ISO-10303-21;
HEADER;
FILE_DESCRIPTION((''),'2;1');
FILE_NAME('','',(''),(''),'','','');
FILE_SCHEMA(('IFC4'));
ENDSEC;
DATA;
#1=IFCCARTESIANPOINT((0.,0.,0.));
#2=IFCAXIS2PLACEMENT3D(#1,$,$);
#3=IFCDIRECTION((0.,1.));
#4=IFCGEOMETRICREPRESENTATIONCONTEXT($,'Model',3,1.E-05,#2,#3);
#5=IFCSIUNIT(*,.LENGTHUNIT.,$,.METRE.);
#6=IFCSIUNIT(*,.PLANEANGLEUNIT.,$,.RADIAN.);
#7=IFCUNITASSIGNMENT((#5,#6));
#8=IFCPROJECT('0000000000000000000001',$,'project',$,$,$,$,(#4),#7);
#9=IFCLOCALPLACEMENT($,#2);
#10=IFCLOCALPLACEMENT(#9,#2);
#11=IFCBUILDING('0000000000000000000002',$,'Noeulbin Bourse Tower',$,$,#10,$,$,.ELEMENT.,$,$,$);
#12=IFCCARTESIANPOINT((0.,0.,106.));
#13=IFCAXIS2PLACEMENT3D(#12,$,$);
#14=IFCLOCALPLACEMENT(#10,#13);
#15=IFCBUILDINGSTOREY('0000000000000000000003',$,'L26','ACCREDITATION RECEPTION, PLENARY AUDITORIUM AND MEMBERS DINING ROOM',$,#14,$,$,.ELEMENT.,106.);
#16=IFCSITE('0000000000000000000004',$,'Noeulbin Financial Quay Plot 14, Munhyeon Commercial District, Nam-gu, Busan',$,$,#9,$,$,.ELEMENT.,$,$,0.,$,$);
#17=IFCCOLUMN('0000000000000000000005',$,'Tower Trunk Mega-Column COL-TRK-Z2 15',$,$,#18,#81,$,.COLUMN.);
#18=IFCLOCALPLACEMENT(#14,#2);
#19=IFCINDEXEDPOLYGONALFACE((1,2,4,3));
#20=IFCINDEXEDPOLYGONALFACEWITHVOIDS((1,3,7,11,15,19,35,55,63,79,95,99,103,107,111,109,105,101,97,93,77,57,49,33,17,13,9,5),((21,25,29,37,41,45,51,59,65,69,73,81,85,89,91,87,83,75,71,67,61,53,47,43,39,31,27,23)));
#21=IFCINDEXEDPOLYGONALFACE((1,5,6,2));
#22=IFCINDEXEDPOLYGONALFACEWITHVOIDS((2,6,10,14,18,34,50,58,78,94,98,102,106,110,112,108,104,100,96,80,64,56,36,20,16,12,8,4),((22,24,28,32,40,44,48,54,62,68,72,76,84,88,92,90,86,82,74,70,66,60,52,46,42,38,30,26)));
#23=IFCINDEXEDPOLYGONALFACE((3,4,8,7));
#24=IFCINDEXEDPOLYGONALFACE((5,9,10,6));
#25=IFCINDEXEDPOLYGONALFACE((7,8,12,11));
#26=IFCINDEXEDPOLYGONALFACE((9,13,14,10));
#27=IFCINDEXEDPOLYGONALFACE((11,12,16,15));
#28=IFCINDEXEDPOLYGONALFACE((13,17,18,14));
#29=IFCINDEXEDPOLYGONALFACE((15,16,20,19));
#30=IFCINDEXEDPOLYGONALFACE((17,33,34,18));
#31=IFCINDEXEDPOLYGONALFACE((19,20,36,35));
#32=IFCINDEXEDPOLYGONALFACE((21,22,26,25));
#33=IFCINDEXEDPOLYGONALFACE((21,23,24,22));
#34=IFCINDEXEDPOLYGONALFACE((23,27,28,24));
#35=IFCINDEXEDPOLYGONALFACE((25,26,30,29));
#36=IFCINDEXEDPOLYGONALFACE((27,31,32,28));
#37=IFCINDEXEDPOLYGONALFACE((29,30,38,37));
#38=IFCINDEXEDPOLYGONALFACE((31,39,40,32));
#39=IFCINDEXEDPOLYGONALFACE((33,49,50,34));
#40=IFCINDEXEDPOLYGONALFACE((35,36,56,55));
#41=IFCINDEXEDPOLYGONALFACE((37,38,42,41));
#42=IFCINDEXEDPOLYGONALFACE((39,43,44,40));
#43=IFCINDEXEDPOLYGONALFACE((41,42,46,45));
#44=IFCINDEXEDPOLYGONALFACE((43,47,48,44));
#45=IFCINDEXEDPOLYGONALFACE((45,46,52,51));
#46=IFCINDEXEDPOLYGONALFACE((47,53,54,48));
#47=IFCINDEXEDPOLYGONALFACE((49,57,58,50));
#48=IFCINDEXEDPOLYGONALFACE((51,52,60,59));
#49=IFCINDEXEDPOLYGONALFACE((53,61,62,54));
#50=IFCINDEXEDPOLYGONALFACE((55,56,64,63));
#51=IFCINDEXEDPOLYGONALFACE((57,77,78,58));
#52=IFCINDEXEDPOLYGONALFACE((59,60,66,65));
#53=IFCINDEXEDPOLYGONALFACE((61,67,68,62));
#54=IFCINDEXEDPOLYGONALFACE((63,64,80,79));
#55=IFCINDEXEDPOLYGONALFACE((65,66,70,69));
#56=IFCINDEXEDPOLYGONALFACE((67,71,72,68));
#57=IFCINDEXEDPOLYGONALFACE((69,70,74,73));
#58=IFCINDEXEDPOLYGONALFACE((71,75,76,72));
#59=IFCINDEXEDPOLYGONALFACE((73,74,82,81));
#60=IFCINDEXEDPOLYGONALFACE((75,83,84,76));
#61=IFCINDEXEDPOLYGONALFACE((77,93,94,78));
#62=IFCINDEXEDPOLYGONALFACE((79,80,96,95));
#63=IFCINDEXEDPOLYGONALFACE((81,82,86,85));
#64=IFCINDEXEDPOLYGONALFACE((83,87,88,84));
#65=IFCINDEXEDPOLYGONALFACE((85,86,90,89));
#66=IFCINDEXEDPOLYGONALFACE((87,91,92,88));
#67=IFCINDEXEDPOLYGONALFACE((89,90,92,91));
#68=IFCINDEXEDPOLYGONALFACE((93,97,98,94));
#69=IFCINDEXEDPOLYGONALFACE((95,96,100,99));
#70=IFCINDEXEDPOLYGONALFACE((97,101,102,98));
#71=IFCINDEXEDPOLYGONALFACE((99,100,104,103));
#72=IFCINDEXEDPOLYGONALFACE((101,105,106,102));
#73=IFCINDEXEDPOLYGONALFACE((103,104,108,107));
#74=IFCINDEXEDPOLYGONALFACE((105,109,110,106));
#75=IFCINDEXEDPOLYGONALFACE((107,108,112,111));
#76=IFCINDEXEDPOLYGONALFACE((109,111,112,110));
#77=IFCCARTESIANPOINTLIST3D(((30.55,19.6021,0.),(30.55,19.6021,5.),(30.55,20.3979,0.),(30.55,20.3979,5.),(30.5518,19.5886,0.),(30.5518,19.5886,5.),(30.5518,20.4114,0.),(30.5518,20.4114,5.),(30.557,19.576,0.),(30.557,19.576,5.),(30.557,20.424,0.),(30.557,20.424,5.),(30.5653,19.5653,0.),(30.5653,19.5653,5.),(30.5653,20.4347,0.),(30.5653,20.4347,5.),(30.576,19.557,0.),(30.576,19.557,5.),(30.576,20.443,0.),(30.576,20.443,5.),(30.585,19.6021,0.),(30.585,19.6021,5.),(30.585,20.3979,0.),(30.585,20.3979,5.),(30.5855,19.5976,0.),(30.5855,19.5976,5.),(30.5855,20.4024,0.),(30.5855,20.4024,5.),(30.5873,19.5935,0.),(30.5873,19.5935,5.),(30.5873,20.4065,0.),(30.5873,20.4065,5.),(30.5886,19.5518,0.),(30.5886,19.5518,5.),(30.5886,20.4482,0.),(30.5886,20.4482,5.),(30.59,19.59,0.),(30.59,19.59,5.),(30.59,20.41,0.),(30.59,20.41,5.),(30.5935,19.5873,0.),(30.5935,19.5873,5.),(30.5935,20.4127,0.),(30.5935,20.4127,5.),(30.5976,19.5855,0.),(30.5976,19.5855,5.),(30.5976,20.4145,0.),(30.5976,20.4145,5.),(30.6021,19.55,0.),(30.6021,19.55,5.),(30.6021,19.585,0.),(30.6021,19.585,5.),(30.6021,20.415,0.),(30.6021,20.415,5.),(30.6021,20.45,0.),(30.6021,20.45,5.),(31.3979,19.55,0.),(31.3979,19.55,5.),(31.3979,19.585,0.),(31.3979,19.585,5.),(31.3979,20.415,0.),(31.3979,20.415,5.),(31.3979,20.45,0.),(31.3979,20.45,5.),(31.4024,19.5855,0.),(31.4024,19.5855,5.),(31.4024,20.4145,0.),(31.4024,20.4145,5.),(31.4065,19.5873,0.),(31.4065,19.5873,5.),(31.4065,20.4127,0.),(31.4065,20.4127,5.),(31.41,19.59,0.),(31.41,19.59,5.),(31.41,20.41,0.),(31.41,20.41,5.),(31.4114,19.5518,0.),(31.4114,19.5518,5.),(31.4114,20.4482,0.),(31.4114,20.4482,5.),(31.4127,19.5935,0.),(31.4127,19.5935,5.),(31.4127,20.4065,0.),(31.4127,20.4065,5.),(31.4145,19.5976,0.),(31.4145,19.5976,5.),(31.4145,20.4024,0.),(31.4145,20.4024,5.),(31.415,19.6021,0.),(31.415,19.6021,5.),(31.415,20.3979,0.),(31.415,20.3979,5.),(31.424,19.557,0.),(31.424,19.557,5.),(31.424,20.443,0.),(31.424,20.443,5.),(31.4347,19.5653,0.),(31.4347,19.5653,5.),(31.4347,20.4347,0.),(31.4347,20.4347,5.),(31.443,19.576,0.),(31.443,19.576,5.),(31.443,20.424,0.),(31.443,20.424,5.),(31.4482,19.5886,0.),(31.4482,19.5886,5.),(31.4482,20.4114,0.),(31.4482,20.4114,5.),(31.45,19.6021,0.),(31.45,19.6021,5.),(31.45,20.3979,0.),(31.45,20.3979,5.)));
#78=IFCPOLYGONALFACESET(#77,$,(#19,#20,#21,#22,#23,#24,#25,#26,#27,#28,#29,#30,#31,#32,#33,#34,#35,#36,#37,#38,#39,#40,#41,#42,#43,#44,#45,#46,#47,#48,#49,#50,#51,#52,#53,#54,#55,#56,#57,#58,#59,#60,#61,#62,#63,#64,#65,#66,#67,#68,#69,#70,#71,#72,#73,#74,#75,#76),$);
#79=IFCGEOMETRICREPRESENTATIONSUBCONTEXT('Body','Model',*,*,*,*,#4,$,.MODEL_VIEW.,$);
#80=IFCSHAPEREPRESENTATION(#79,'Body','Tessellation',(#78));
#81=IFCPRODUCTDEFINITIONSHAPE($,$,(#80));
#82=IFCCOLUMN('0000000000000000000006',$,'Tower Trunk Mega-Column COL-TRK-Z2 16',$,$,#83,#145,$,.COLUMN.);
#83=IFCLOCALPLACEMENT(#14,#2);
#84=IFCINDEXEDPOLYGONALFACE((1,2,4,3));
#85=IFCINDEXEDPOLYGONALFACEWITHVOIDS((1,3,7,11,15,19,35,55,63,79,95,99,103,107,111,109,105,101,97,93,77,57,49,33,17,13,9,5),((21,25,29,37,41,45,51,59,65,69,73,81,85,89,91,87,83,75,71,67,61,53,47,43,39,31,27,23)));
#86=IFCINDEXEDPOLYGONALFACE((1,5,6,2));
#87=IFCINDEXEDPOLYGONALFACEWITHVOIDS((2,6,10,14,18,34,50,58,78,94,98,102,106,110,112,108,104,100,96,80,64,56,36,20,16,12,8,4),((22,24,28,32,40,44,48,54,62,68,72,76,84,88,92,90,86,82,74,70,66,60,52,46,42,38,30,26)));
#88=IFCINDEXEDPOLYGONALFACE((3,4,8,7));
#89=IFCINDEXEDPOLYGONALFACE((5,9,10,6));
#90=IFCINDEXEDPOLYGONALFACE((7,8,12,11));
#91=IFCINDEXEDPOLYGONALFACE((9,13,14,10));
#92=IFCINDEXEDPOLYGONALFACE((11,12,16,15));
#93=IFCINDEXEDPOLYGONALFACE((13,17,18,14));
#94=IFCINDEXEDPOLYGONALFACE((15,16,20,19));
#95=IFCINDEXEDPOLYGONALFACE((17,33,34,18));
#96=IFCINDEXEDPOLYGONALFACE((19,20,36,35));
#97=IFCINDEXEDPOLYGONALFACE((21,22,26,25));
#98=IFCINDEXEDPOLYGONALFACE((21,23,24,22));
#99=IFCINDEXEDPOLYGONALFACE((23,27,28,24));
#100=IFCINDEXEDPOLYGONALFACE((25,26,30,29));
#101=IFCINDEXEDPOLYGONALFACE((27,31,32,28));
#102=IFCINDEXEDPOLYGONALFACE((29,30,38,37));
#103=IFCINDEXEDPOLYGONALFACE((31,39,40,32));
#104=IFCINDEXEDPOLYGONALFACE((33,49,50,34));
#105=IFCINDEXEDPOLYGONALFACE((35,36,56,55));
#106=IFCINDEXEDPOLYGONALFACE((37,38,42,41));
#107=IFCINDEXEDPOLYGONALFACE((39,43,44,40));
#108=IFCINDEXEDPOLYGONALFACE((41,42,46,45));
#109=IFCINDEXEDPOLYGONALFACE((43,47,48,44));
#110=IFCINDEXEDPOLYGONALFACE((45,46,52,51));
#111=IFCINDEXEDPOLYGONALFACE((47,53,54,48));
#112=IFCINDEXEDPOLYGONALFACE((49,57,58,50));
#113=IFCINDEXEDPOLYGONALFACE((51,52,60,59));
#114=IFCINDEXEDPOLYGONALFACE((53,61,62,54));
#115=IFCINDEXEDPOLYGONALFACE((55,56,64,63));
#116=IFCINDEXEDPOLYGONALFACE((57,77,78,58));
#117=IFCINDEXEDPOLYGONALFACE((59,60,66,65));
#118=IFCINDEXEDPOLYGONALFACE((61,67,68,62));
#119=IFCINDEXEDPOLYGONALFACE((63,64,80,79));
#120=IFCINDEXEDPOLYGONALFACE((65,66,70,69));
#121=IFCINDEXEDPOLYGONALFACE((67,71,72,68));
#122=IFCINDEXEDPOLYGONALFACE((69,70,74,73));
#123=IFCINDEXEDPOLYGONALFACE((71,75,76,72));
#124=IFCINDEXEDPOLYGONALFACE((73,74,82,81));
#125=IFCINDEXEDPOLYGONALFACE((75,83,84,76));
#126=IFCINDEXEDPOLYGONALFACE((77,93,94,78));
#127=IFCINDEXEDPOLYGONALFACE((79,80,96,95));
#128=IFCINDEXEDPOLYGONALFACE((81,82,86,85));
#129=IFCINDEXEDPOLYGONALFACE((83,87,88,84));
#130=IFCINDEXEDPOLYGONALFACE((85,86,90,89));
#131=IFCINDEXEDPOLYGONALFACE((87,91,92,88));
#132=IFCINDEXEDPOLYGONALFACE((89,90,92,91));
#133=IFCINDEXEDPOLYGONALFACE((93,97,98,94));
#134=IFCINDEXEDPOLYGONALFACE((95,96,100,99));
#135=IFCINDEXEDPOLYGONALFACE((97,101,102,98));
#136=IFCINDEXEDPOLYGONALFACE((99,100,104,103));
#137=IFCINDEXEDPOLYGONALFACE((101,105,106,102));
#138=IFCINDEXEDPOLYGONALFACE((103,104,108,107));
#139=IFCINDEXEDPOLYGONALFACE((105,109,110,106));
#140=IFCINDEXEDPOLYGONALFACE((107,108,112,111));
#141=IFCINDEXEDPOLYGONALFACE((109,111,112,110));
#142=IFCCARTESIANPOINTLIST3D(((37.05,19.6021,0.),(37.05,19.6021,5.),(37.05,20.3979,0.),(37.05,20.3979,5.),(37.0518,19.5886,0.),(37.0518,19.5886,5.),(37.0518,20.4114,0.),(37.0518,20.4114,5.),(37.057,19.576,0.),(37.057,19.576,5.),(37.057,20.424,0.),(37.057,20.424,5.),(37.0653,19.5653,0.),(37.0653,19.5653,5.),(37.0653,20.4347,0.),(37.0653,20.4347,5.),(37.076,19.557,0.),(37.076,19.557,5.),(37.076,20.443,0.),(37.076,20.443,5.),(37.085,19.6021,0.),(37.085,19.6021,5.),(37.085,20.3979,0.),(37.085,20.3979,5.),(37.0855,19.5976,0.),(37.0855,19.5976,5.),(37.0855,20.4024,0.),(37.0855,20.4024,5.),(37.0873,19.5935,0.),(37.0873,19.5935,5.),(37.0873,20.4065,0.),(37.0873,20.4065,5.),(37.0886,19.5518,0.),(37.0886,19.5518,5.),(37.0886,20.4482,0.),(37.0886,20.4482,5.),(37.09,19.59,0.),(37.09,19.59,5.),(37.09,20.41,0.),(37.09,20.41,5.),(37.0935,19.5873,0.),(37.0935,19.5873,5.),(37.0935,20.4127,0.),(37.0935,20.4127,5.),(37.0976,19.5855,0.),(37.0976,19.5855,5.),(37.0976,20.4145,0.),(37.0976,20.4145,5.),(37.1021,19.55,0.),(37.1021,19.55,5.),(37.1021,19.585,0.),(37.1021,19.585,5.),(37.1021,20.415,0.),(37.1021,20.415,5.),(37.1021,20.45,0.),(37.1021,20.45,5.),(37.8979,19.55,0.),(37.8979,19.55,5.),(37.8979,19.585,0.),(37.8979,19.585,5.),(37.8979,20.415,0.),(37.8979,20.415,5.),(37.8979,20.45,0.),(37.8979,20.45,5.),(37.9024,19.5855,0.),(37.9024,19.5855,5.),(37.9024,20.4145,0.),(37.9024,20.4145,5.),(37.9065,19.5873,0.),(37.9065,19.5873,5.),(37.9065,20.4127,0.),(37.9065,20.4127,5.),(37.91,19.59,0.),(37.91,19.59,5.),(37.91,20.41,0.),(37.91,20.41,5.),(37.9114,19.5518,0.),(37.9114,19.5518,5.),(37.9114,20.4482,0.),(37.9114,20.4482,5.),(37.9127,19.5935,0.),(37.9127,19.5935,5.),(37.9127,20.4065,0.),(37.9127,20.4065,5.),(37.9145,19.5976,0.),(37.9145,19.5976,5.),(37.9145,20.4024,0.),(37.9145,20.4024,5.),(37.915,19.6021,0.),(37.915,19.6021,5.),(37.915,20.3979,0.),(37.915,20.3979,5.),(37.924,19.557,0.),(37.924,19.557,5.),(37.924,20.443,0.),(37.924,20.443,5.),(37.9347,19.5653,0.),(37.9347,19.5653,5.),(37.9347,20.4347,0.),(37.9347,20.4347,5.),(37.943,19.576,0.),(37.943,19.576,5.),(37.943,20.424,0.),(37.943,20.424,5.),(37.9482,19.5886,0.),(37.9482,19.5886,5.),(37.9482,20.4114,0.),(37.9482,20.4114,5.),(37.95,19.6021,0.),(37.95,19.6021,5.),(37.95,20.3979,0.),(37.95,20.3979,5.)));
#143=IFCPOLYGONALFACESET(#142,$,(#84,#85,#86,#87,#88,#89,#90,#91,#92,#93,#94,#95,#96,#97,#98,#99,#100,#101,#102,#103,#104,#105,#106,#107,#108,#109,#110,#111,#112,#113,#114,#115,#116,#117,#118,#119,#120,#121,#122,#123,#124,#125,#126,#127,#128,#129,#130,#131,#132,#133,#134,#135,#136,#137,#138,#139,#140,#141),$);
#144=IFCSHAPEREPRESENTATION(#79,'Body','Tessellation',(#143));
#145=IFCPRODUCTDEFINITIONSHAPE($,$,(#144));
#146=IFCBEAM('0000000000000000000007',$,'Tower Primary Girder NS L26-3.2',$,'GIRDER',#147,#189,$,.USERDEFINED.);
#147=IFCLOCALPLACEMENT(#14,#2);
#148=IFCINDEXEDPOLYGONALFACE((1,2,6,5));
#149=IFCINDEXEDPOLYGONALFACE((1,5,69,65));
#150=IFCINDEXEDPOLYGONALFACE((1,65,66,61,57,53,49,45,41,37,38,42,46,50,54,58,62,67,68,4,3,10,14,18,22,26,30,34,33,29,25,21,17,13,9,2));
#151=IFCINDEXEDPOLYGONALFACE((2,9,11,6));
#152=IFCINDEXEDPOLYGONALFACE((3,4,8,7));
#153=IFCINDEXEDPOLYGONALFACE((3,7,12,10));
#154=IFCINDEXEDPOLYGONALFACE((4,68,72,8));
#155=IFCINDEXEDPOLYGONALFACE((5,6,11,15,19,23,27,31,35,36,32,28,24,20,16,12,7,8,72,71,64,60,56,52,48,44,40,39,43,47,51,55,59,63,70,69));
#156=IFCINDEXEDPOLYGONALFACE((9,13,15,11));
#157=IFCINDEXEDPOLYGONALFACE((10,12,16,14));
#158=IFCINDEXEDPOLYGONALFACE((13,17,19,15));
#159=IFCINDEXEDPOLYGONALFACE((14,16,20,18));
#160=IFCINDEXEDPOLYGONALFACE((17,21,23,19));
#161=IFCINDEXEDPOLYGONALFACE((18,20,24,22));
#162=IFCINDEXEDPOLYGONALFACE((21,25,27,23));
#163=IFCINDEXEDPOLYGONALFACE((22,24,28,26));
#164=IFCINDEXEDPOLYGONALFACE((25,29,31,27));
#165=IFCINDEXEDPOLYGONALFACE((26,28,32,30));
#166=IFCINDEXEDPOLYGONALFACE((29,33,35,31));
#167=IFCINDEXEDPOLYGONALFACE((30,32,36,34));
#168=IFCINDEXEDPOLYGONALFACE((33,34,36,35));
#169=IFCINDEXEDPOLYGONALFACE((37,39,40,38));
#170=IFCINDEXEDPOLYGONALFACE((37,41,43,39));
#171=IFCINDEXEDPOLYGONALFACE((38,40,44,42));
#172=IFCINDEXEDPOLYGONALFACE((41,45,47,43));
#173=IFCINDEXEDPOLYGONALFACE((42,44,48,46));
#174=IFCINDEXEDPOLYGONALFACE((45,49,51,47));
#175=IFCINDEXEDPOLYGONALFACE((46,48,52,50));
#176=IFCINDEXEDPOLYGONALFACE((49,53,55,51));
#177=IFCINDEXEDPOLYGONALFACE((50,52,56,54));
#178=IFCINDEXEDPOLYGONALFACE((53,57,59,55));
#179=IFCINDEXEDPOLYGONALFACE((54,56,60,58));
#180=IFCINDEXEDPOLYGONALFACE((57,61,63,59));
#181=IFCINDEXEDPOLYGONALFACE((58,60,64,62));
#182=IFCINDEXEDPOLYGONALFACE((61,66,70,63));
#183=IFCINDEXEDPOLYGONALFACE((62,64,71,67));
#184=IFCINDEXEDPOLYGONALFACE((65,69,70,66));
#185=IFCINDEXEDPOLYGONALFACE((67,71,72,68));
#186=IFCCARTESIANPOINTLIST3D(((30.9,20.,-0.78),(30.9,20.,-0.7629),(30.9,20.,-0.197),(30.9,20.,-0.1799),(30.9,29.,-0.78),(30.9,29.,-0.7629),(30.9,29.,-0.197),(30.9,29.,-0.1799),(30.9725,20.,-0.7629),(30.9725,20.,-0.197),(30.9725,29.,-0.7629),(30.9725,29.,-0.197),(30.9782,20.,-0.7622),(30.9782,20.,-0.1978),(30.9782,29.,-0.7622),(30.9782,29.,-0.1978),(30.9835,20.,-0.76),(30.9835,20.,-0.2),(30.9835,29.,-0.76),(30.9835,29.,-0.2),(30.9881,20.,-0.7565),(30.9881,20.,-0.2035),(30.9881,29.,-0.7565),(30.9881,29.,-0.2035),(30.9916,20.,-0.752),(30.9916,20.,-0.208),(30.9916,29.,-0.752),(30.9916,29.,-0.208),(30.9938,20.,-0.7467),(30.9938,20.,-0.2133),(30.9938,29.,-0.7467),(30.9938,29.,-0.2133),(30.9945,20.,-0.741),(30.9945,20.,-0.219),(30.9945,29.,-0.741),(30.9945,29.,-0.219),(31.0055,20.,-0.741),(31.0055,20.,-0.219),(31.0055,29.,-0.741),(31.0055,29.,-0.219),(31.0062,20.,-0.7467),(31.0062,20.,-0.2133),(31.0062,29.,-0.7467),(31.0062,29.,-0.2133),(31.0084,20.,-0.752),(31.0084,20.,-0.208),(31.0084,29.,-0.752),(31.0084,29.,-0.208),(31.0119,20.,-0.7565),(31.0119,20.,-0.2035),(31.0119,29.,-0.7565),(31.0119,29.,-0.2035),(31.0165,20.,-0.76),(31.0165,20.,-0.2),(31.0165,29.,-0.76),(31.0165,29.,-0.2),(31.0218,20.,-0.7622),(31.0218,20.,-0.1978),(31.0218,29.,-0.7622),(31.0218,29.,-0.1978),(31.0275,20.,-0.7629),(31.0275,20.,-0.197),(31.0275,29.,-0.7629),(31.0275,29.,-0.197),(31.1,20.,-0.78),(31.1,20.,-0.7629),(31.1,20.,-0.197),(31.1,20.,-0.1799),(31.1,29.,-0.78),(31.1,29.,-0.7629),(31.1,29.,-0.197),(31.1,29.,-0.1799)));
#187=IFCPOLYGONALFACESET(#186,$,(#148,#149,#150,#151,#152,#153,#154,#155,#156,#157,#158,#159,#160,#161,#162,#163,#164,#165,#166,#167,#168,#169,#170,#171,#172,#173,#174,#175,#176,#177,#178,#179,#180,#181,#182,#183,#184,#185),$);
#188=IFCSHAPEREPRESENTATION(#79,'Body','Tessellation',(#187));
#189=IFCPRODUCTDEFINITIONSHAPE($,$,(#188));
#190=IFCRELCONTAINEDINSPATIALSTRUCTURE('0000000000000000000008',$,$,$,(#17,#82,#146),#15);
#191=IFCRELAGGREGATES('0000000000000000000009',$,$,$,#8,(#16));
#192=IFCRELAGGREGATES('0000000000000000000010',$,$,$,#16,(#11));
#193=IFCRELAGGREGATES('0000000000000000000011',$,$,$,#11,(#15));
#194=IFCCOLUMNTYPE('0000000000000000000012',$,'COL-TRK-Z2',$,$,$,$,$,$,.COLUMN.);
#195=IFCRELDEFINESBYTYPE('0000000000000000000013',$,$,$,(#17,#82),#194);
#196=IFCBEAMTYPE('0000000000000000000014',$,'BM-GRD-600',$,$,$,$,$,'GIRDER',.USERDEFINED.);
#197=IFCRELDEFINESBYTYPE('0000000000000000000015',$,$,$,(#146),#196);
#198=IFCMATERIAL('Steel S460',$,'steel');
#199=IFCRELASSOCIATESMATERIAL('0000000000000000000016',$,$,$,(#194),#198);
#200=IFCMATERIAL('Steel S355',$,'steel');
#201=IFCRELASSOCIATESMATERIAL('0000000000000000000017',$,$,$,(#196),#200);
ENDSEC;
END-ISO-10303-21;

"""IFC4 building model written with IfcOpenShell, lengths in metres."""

from ifc_helpers import new_model, si_unit, direction, frame, origin, origin_2d, place, context, subcontext, project, spatial, hollow_rectangle, i_section, extrude, material, material_profile, profile_set, type_object, element, save


model = new_model("IFC4")

# Units and contexts
model_context = context("Model", 3, precision=1e-05, world=origin(), true_north=direction((0.0, 1.0)))
body_context = subcontext(model_context, "Body", "Model", "MODEL_VIEW")
ifc_project = project(units=[si_unit("LENGTHUNIT", "METRE"), si_unit("PLANEANGLEUNIT", "RADIAN")], contexts=[model_context])

# Site, building, storey
site_placement = place(None, origin())
site = spatial("IfcSite", under=ifc_project, at=site_placement, Name="Noeulbin Financial Quay Plot 14, Munhyeon Commercial District, Nam-gu, Busan", CompositionType="ELEMENT", RefElevation=0.0)
building_placement = place(site_placement, origin())
building = spatial("IfcBuilding", under=site, at=building_placement, Name="Noeulbin Bourse Tower", CompositionType="ELEMENT")
storey_placement = place(building_placement, frame((0.0, 0.0, 106.0)))
storey = spatial("IfcBuildingStorey", under=building, at=storey_placement, Name="L26", Description="ACCREDITATION RECEPTION, PLENARY AUDITORIUM AND MEMBERS DINING ROOM", CompositionType="ELEMENT", Elevation=106.0)

# Columns
ifc_material_1 = material(Name="Steel S460", Category="steel")
ifc_material_profile_1 = material_profile(ifc_material_1, hollow_rectangle(XDim=0.8999, YDim=0.8999, WallThickness=0.0349, InnerFilletRadius=0.0171, OuterFilletRadius=0.052, at=origin_2d()), Name="BOX-900x900x35", Category="LoadBearing")
ifc_profile_set_1 = profile_set([ifc_material_profile_1], Name="Steel S460")
column_type = type_object("IfcColumnType", Name="COL-TRK-Z2", PredefinedType="COLUMN", material=ifc_profile_set_1)
for number, where, z_axis, x_axis, name in (
    (1, (31.0, 20.0, 0.0), (0.0, 0.0, 1.0), (1.0, 0.0, 0.0), "Tower Trunk Mega-Column COL-TRK-Z2 15"),
    (2, (37.5, 20.0, 0.0), (0.0, 0.0, 1.0), (1.0, 0.0, 0.0), "Tower Trunk Mega-Column COL-TRK-Z2 16"),
):
    element("IfcColumn", number, at=place(storey_placement, frame(where, z_axis=z_axis, x_axis=x_axis)), inside=storey, type_object=column_type, Name=name, PredefinedType="COLUMN", context=body_context, shape_type="SweptSolid", body=[
        extrude(hollow_rectangle(XDim=0.8999, YDim=0.8999, WallThickness=0.0349, InnerFilletRadius=0.0171, OuterFilletRadius=0.052, at=origin_2d()), origin(), (0.0, 0.0, 1.0), 5.0),
    ])

# Beam
ifc_material_2 = material(Name="Steel S355", Category="steel")
ifc_material_profile_2 = material_profile(ifc_material_2, i_section(OverallWidth=0.2, OverallDepth=0.6001, WebThickness=0.011, FlangeThickness=0.0171, FilletRadius=0.022, at=origin_2d()), Name="H-600x200x11x17", Category="LoadBearing")
ifc_profile_set_2 = profile_set([ifc_material_profile_2], Name="Steel S355")
beam_type_1 = type_object("IfcBeamType", Name="BM-GRD-600", ElementType="GIRDER", PredefinedType="USERDEFINED", material=ifc_profile_set_2)
beam_1_placement = place(storey_placement, frame((31.0, 20.0, -0.48), z_axis=(0.0, 1.0, 0.0), x_axis=(-1.0, 0.0, 0.0)))
element("IfcBeam", 3, at=beam_1_placement, inside=storey, type_object=beam_type_1, Name="Tower Primary Girder NS L26-3.2", ObjectType="GIRDER", PredefinedType="USERDEFINED", context=body_context, shape_type="SweptSolid", body=[
    extrude(i_section(OverallWidth=0.2, OverallDepth=0.6001, WebThickness=0.011, FlangeThickness=0.0171, FilletRadius=0.022, at=origin_2d()), origin(), (0.0, 0.0, 1.0), 9.0),
])

save(model, "model.ifc")
